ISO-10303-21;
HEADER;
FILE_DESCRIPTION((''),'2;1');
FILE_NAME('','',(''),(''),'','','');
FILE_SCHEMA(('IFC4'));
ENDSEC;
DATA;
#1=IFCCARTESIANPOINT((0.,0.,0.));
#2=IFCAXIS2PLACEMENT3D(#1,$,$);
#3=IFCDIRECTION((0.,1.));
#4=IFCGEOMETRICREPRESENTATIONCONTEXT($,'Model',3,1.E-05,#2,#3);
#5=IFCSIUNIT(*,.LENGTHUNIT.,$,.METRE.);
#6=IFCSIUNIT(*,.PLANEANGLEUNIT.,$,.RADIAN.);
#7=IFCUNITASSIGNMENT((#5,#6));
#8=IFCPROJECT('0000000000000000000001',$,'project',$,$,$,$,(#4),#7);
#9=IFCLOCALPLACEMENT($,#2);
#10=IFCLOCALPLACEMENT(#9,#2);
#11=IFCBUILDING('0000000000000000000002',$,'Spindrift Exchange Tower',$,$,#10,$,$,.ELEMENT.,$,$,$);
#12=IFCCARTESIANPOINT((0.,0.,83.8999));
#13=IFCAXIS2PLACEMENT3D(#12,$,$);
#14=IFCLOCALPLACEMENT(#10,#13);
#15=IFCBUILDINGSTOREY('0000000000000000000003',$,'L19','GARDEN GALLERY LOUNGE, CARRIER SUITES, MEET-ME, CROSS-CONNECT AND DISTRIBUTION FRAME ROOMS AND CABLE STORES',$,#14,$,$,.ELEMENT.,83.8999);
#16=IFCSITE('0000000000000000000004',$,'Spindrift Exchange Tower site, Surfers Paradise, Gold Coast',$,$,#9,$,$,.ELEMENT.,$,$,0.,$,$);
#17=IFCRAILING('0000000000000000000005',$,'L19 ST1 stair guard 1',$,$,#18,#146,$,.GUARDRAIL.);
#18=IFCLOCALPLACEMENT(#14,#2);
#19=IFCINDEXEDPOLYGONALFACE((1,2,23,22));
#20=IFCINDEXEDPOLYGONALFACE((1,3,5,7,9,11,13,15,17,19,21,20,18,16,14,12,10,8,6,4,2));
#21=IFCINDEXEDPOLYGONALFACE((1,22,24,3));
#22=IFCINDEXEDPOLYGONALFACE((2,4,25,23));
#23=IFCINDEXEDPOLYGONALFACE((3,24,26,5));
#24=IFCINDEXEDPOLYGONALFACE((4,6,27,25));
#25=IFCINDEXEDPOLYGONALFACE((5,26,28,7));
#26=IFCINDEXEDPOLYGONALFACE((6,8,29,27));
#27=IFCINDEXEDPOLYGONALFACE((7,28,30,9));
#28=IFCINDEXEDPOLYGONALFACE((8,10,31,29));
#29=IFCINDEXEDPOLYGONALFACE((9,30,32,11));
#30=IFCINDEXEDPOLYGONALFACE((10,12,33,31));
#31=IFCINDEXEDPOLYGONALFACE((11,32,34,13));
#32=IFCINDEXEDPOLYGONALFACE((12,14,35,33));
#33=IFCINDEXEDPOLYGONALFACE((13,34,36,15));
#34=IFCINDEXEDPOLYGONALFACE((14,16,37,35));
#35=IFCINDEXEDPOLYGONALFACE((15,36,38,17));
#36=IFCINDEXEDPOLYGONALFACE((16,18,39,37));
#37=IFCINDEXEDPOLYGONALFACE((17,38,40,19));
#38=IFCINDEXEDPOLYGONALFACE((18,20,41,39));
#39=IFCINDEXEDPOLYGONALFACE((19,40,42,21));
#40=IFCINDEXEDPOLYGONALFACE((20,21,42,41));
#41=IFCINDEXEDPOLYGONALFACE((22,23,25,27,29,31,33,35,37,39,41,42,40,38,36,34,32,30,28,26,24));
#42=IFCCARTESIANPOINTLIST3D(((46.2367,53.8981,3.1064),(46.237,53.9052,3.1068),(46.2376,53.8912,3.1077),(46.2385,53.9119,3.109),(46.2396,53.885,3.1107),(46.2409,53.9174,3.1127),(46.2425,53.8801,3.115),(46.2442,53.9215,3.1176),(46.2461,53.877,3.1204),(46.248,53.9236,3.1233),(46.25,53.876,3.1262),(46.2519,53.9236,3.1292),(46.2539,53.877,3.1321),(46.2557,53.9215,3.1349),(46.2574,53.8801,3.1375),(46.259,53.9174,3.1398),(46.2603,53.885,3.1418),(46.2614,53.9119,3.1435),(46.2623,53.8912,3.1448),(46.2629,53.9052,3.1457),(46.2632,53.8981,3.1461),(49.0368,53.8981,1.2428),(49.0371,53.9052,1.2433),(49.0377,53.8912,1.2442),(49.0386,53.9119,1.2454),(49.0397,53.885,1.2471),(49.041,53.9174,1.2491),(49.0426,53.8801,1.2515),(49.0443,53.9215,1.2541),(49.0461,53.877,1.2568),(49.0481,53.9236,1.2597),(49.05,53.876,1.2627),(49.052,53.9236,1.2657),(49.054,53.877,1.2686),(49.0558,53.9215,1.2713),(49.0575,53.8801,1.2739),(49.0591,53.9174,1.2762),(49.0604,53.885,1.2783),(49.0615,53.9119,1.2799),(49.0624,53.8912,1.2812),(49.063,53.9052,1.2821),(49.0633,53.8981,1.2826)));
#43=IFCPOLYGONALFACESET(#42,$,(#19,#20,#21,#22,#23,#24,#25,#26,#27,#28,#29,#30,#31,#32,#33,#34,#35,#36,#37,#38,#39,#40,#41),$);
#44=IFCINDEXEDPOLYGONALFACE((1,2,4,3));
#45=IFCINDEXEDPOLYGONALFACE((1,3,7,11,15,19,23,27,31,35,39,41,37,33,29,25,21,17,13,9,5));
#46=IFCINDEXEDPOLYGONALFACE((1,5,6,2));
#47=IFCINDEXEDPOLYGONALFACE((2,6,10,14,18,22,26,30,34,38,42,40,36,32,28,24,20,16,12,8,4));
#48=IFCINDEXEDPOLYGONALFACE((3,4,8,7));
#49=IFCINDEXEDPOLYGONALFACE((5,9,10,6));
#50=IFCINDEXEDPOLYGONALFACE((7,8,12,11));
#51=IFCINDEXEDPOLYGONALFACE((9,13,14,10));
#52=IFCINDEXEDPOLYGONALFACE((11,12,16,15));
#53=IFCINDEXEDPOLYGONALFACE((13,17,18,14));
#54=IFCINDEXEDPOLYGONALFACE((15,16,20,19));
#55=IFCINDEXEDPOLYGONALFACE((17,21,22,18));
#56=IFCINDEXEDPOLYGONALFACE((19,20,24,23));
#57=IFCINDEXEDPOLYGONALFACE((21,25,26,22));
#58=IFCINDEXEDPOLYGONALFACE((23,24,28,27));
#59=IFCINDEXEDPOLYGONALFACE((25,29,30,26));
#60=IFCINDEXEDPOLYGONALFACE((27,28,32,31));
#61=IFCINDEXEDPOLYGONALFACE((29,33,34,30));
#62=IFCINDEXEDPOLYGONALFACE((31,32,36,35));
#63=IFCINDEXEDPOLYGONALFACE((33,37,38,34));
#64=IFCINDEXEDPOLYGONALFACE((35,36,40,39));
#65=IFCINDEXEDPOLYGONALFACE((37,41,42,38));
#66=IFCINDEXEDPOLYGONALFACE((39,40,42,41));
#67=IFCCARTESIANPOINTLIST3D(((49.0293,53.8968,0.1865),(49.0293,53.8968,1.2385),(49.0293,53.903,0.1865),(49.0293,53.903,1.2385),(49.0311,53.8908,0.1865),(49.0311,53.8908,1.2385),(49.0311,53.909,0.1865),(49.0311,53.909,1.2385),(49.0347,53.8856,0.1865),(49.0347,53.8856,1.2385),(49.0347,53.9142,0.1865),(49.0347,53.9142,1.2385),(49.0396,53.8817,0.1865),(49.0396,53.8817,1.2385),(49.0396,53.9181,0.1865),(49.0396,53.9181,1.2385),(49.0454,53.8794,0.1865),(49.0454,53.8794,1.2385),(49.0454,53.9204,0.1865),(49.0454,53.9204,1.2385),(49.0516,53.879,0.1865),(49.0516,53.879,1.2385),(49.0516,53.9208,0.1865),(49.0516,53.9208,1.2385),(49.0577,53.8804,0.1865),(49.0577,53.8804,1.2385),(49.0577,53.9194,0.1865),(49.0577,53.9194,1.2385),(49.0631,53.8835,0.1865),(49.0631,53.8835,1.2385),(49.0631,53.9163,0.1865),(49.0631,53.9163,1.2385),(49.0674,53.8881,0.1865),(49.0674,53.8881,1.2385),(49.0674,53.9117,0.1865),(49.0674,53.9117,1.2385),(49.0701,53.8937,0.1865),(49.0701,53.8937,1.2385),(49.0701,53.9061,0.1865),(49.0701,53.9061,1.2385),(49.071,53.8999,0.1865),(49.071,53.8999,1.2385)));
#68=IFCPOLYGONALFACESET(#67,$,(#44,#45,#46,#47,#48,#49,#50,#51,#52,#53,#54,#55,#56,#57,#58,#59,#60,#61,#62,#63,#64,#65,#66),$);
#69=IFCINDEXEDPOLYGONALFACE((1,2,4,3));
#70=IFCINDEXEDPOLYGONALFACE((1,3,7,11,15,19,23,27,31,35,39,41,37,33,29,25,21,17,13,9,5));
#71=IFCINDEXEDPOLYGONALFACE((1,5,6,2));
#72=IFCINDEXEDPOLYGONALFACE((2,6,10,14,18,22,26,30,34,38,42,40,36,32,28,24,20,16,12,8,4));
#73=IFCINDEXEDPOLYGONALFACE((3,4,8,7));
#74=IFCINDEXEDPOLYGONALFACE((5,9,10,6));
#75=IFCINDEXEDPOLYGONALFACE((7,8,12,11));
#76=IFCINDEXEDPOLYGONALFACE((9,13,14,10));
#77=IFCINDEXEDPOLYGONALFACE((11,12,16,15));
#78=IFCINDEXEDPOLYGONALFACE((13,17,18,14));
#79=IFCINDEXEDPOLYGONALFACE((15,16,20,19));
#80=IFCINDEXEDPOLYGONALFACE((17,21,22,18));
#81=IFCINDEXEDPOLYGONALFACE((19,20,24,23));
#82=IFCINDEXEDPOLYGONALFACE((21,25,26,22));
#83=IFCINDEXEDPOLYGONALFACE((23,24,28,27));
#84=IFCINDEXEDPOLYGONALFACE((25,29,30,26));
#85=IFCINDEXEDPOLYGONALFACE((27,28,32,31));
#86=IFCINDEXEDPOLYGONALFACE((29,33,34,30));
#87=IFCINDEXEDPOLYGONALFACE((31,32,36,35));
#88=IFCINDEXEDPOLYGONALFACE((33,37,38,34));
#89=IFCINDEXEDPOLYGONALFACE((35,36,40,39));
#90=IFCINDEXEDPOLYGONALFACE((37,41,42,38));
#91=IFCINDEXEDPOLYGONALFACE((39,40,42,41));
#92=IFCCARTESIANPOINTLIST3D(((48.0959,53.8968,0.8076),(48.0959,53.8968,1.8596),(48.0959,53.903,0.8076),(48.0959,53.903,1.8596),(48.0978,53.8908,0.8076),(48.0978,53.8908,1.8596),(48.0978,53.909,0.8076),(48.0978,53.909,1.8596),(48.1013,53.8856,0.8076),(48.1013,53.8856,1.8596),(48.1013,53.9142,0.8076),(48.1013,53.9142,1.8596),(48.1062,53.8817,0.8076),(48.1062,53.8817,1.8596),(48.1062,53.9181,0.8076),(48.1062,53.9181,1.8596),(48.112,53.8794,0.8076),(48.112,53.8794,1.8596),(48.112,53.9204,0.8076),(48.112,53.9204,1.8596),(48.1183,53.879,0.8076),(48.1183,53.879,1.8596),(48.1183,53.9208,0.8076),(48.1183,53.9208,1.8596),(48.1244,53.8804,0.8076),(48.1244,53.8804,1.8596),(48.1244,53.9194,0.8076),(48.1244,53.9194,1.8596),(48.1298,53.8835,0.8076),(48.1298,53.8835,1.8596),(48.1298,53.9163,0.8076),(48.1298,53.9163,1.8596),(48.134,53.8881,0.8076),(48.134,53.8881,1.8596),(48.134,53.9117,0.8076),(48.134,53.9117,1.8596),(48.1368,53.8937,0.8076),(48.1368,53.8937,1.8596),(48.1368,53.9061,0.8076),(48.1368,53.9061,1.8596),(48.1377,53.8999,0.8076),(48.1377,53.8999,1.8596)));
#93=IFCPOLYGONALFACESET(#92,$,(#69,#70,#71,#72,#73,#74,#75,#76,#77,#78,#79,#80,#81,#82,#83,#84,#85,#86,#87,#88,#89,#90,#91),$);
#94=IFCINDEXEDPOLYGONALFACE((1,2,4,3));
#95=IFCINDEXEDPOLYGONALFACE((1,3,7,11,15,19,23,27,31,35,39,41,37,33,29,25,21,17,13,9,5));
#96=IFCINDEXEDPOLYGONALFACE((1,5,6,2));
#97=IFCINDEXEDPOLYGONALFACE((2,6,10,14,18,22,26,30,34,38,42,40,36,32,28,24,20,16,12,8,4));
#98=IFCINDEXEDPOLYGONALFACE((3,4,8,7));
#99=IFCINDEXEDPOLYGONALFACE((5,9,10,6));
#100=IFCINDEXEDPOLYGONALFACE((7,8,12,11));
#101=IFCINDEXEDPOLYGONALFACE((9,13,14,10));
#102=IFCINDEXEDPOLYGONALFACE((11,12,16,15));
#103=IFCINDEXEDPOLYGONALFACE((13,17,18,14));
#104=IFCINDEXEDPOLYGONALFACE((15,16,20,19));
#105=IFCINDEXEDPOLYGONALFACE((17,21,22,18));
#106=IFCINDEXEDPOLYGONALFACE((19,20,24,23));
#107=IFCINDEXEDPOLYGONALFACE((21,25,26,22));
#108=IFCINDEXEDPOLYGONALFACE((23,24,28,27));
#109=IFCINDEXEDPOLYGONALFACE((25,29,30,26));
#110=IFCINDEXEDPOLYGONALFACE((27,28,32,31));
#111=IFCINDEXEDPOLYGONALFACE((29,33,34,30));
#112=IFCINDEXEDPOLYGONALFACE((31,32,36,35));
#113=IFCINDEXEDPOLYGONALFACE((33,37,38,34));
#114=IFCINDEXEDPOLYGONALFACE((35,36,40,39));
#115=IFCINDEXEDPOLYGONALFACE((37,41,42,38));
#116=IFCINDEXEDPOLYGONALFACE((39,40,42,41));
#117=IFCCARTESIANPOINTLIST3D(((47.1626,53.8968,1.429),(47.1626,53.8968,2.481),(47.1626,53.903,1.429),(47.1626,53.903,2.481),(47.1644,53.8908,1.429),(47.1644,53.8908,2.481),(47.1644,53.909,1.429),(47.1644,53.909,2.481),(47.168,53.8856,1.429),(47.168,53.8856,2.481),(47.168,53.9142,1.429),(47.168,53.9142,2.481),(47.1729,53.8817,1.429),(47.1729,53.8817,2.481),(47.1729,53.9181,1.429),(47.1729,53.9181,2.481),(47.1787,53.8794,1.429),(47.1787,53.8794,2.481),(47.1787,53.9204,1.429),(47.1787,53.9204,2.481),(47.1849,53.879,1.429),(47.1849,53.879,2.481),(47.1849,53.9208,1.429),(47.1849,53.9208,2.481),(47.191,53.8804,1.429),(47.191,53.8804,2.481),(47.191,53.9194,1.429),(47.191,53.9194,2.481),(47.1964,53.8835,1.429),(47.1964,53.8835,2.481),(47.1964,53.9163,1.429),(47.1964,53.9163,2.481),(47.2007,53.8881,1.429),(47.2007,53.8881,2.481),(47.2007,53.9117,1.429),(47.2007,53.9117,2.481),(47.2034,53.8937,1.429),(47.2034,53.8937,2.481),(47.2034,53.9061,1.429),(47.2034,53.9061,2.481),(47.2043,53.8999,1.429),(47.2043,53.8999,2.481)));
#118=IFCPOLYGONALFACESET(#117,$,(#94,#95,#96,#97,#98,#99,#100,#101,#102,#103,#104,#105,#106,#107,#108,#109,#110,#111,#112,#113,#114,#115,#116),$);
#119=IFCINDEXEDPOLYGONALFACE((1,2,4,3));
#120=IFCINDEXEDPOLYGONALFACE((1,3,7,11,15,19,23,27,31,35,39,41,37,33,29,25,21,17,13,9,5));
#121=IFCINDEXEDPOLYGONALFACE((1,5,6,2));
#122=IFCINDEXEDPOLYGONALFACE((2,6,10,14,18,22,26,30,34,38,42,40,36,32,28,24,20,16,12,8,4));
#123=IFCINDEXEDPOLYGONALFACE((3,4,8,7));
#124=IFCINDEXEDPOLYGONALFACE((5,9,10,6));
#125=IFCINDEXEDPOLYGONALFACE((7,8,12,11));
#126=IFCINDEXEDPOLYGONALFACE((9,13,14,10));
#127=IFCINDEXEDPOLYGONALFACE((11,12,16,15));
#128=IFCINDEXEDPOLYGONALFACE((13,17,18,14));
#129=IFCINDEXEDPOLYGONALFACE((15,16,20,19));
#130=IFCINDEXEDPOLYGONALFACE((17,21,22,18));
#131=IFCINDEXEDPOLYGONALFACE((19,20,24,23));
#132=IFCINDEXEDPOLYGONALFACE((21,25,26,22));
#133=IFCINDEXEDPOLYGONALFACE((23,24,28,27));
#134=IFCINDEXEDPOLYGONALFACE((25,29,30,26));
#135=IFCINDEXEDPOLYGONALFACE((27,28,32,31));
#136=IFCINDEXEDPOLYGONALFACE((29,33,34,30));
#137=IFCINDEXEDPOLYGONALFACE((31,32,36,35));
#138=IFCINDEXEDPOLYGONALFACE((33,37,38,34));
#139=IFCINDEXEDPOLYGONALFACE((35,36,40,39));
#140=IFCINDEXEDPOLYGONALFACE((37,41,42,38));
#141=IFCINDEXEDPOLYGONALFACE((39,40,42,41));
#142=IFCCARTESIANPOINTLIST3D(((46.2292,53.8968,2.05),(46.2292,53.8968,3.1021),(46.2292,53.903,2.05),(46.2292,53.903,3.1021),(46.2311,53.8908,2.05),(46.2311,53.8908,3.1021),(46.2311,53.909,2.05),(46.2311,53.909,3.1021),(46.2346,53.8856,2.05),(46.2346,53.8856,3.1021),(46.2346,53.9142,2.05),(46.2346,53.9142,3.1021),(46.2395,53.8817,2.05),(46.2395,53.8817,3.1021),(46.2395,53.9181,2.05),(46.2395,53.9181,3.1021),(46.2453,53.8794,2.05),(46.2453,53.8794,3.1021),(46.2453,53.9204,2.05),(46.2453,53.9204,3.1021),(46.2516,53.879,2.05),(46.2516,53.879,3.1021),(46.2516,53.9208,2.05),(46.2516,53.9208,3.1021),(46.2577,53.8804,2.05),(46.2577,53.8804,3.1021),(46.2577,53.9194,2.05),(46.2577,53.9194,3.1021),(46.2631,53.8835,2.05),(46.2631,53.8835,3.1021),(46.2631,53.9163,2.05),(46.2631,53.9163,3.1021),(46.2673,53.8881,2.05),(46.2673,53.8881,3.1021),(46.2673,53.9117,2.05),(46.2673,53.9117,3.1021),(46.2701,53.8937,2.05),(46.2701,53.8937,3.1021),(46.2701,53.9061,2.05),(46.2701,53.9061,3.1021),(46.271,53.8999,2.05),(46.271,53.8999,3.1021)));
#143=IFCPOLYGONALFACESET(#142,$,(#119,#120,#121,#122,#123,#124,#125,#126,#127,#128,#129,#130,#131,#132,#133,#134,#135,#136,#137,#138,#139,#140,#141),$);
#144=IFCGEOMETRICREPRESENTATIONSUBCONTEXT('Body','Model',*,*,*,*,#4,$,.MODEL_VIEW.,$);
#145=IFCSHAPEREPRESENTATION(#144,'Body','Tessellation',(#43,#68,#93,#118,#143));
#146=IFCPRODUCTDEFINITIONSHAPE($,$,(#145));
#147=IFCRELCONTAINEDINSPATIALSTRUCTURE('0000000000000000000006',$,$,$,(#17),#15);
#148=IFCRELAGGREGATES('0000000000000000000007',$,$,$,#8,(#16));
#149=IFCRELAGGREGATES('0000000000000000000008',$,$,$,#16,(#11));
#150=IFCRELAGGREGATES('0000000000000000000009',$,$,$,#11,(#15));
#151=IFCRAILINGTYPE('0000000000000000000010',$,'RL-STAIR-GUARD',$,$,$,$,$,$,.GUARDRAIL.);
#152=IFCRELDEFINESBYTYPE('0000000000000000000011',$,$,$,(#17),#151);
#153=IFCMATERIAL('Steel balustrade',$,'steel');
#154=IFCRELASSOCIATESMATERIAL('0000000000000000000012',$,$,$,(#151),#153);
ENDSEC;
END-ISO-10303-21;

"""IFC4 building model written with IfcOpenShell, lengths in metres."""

from ifc_helpers import new_model, si_unit, direction, frame, origin, origin_2d, place, context, subcontext, project, spatial, circle, extrude, material, type_object, element, save


model = new_model("IFC4")

# Units and contexts
model_context = context("Model", 3, precision=1e-05, world=origin(), true_north=direction((0.0, 1.0)))
body_context = subcontext(model_context, "Body", "Model", "MODEL_VIEW")
ifc_project = project(units=[si_unit("LENGTHUNIT", "METRE"), si_unit("PLANEANGLEUNIT", "RADIAN")], contexts=[model_context])

# Site, building, storey
site_placement = place(None, origin())
site = spatial("IfcSite", under=ifc_project, at=site_placement, Name="Spindrift Exchange Tower site, Surfers Paradise, Gold Coast", CompositionType="ELEMENT", RefElevation=0.0)
building_placement = place(site_placement, origin())
building = spatial("IfcBuilding", under=site, at=building_placement, Name="Spindrift Exchange Tower", CompositionType="ELEMENT")
storey_placement = place(building_placement, frame((0.0, 0.0, 83.8999)))
storey = spatial("IfcBuildingStorey", under=building, at=storey_placement, Name="L19", Description="GARDEN GALLERY LOUNGE, CARRIER SUITES, MEET-ME, CROSS-CONNECT AND DISTRIBUTION FRAME ROOMS AND CABLE STORES", CompositionType="ELEMENT", Elevation=83.8999)

# Railing
ifc_material_1 = material(Name="Steel balustrade", Category="steel")
railing_type_1 = type_object("IfcRailingType", Name="RL-STAIR-GUARD", PredefinedType="GUARDRAIL", material=ifc_material_1)
railing_1_placement = place(storey_placement, frame((49.05, 53.8999, 0.1865)))
element("IfcRailing", 1, at=railing_1_placement, inside=storey, type_object=railing_type_1, Name="L19 ST1 stair guard 1", PredefinedType="GUARDRAIL", context=body_context, shape_type="SweptSolid", body=[
    extrude(circle(Radius=0.0239, at=origin_2d()), frame((0.0, 0.0, 1.0762), z_axis=(-0.832486, 0.0, 0.554047), x_axis=(0.0, -1.0, 0.0)), (0.0, 0.0, 1.0), 3.3635),
    extrude(circle(Radius=0.021, at=origin_2d()), origin(), (0.0, 0.0, 1.0), 1.052),
    extrude(circle(Radius=0.021, at=origin_2d()), frame((-0.9333, 0.0, 0.6211)), (0.0, 0.0, 1.0), 1.052),
    extrude(circle(Radius=0.021, at=origin_2d()), frame((-1.8667, 0.0, 1.2424)), (0.0, 0.0, 1.0), 1.052),
    extrude(circle(Radius=0.021, at=origin_2d()), frame((-2.8, 0.0, 1.8635)), (0.0, 0.0, 1.0), 1.052),
])

save(model, "model.ifc")
